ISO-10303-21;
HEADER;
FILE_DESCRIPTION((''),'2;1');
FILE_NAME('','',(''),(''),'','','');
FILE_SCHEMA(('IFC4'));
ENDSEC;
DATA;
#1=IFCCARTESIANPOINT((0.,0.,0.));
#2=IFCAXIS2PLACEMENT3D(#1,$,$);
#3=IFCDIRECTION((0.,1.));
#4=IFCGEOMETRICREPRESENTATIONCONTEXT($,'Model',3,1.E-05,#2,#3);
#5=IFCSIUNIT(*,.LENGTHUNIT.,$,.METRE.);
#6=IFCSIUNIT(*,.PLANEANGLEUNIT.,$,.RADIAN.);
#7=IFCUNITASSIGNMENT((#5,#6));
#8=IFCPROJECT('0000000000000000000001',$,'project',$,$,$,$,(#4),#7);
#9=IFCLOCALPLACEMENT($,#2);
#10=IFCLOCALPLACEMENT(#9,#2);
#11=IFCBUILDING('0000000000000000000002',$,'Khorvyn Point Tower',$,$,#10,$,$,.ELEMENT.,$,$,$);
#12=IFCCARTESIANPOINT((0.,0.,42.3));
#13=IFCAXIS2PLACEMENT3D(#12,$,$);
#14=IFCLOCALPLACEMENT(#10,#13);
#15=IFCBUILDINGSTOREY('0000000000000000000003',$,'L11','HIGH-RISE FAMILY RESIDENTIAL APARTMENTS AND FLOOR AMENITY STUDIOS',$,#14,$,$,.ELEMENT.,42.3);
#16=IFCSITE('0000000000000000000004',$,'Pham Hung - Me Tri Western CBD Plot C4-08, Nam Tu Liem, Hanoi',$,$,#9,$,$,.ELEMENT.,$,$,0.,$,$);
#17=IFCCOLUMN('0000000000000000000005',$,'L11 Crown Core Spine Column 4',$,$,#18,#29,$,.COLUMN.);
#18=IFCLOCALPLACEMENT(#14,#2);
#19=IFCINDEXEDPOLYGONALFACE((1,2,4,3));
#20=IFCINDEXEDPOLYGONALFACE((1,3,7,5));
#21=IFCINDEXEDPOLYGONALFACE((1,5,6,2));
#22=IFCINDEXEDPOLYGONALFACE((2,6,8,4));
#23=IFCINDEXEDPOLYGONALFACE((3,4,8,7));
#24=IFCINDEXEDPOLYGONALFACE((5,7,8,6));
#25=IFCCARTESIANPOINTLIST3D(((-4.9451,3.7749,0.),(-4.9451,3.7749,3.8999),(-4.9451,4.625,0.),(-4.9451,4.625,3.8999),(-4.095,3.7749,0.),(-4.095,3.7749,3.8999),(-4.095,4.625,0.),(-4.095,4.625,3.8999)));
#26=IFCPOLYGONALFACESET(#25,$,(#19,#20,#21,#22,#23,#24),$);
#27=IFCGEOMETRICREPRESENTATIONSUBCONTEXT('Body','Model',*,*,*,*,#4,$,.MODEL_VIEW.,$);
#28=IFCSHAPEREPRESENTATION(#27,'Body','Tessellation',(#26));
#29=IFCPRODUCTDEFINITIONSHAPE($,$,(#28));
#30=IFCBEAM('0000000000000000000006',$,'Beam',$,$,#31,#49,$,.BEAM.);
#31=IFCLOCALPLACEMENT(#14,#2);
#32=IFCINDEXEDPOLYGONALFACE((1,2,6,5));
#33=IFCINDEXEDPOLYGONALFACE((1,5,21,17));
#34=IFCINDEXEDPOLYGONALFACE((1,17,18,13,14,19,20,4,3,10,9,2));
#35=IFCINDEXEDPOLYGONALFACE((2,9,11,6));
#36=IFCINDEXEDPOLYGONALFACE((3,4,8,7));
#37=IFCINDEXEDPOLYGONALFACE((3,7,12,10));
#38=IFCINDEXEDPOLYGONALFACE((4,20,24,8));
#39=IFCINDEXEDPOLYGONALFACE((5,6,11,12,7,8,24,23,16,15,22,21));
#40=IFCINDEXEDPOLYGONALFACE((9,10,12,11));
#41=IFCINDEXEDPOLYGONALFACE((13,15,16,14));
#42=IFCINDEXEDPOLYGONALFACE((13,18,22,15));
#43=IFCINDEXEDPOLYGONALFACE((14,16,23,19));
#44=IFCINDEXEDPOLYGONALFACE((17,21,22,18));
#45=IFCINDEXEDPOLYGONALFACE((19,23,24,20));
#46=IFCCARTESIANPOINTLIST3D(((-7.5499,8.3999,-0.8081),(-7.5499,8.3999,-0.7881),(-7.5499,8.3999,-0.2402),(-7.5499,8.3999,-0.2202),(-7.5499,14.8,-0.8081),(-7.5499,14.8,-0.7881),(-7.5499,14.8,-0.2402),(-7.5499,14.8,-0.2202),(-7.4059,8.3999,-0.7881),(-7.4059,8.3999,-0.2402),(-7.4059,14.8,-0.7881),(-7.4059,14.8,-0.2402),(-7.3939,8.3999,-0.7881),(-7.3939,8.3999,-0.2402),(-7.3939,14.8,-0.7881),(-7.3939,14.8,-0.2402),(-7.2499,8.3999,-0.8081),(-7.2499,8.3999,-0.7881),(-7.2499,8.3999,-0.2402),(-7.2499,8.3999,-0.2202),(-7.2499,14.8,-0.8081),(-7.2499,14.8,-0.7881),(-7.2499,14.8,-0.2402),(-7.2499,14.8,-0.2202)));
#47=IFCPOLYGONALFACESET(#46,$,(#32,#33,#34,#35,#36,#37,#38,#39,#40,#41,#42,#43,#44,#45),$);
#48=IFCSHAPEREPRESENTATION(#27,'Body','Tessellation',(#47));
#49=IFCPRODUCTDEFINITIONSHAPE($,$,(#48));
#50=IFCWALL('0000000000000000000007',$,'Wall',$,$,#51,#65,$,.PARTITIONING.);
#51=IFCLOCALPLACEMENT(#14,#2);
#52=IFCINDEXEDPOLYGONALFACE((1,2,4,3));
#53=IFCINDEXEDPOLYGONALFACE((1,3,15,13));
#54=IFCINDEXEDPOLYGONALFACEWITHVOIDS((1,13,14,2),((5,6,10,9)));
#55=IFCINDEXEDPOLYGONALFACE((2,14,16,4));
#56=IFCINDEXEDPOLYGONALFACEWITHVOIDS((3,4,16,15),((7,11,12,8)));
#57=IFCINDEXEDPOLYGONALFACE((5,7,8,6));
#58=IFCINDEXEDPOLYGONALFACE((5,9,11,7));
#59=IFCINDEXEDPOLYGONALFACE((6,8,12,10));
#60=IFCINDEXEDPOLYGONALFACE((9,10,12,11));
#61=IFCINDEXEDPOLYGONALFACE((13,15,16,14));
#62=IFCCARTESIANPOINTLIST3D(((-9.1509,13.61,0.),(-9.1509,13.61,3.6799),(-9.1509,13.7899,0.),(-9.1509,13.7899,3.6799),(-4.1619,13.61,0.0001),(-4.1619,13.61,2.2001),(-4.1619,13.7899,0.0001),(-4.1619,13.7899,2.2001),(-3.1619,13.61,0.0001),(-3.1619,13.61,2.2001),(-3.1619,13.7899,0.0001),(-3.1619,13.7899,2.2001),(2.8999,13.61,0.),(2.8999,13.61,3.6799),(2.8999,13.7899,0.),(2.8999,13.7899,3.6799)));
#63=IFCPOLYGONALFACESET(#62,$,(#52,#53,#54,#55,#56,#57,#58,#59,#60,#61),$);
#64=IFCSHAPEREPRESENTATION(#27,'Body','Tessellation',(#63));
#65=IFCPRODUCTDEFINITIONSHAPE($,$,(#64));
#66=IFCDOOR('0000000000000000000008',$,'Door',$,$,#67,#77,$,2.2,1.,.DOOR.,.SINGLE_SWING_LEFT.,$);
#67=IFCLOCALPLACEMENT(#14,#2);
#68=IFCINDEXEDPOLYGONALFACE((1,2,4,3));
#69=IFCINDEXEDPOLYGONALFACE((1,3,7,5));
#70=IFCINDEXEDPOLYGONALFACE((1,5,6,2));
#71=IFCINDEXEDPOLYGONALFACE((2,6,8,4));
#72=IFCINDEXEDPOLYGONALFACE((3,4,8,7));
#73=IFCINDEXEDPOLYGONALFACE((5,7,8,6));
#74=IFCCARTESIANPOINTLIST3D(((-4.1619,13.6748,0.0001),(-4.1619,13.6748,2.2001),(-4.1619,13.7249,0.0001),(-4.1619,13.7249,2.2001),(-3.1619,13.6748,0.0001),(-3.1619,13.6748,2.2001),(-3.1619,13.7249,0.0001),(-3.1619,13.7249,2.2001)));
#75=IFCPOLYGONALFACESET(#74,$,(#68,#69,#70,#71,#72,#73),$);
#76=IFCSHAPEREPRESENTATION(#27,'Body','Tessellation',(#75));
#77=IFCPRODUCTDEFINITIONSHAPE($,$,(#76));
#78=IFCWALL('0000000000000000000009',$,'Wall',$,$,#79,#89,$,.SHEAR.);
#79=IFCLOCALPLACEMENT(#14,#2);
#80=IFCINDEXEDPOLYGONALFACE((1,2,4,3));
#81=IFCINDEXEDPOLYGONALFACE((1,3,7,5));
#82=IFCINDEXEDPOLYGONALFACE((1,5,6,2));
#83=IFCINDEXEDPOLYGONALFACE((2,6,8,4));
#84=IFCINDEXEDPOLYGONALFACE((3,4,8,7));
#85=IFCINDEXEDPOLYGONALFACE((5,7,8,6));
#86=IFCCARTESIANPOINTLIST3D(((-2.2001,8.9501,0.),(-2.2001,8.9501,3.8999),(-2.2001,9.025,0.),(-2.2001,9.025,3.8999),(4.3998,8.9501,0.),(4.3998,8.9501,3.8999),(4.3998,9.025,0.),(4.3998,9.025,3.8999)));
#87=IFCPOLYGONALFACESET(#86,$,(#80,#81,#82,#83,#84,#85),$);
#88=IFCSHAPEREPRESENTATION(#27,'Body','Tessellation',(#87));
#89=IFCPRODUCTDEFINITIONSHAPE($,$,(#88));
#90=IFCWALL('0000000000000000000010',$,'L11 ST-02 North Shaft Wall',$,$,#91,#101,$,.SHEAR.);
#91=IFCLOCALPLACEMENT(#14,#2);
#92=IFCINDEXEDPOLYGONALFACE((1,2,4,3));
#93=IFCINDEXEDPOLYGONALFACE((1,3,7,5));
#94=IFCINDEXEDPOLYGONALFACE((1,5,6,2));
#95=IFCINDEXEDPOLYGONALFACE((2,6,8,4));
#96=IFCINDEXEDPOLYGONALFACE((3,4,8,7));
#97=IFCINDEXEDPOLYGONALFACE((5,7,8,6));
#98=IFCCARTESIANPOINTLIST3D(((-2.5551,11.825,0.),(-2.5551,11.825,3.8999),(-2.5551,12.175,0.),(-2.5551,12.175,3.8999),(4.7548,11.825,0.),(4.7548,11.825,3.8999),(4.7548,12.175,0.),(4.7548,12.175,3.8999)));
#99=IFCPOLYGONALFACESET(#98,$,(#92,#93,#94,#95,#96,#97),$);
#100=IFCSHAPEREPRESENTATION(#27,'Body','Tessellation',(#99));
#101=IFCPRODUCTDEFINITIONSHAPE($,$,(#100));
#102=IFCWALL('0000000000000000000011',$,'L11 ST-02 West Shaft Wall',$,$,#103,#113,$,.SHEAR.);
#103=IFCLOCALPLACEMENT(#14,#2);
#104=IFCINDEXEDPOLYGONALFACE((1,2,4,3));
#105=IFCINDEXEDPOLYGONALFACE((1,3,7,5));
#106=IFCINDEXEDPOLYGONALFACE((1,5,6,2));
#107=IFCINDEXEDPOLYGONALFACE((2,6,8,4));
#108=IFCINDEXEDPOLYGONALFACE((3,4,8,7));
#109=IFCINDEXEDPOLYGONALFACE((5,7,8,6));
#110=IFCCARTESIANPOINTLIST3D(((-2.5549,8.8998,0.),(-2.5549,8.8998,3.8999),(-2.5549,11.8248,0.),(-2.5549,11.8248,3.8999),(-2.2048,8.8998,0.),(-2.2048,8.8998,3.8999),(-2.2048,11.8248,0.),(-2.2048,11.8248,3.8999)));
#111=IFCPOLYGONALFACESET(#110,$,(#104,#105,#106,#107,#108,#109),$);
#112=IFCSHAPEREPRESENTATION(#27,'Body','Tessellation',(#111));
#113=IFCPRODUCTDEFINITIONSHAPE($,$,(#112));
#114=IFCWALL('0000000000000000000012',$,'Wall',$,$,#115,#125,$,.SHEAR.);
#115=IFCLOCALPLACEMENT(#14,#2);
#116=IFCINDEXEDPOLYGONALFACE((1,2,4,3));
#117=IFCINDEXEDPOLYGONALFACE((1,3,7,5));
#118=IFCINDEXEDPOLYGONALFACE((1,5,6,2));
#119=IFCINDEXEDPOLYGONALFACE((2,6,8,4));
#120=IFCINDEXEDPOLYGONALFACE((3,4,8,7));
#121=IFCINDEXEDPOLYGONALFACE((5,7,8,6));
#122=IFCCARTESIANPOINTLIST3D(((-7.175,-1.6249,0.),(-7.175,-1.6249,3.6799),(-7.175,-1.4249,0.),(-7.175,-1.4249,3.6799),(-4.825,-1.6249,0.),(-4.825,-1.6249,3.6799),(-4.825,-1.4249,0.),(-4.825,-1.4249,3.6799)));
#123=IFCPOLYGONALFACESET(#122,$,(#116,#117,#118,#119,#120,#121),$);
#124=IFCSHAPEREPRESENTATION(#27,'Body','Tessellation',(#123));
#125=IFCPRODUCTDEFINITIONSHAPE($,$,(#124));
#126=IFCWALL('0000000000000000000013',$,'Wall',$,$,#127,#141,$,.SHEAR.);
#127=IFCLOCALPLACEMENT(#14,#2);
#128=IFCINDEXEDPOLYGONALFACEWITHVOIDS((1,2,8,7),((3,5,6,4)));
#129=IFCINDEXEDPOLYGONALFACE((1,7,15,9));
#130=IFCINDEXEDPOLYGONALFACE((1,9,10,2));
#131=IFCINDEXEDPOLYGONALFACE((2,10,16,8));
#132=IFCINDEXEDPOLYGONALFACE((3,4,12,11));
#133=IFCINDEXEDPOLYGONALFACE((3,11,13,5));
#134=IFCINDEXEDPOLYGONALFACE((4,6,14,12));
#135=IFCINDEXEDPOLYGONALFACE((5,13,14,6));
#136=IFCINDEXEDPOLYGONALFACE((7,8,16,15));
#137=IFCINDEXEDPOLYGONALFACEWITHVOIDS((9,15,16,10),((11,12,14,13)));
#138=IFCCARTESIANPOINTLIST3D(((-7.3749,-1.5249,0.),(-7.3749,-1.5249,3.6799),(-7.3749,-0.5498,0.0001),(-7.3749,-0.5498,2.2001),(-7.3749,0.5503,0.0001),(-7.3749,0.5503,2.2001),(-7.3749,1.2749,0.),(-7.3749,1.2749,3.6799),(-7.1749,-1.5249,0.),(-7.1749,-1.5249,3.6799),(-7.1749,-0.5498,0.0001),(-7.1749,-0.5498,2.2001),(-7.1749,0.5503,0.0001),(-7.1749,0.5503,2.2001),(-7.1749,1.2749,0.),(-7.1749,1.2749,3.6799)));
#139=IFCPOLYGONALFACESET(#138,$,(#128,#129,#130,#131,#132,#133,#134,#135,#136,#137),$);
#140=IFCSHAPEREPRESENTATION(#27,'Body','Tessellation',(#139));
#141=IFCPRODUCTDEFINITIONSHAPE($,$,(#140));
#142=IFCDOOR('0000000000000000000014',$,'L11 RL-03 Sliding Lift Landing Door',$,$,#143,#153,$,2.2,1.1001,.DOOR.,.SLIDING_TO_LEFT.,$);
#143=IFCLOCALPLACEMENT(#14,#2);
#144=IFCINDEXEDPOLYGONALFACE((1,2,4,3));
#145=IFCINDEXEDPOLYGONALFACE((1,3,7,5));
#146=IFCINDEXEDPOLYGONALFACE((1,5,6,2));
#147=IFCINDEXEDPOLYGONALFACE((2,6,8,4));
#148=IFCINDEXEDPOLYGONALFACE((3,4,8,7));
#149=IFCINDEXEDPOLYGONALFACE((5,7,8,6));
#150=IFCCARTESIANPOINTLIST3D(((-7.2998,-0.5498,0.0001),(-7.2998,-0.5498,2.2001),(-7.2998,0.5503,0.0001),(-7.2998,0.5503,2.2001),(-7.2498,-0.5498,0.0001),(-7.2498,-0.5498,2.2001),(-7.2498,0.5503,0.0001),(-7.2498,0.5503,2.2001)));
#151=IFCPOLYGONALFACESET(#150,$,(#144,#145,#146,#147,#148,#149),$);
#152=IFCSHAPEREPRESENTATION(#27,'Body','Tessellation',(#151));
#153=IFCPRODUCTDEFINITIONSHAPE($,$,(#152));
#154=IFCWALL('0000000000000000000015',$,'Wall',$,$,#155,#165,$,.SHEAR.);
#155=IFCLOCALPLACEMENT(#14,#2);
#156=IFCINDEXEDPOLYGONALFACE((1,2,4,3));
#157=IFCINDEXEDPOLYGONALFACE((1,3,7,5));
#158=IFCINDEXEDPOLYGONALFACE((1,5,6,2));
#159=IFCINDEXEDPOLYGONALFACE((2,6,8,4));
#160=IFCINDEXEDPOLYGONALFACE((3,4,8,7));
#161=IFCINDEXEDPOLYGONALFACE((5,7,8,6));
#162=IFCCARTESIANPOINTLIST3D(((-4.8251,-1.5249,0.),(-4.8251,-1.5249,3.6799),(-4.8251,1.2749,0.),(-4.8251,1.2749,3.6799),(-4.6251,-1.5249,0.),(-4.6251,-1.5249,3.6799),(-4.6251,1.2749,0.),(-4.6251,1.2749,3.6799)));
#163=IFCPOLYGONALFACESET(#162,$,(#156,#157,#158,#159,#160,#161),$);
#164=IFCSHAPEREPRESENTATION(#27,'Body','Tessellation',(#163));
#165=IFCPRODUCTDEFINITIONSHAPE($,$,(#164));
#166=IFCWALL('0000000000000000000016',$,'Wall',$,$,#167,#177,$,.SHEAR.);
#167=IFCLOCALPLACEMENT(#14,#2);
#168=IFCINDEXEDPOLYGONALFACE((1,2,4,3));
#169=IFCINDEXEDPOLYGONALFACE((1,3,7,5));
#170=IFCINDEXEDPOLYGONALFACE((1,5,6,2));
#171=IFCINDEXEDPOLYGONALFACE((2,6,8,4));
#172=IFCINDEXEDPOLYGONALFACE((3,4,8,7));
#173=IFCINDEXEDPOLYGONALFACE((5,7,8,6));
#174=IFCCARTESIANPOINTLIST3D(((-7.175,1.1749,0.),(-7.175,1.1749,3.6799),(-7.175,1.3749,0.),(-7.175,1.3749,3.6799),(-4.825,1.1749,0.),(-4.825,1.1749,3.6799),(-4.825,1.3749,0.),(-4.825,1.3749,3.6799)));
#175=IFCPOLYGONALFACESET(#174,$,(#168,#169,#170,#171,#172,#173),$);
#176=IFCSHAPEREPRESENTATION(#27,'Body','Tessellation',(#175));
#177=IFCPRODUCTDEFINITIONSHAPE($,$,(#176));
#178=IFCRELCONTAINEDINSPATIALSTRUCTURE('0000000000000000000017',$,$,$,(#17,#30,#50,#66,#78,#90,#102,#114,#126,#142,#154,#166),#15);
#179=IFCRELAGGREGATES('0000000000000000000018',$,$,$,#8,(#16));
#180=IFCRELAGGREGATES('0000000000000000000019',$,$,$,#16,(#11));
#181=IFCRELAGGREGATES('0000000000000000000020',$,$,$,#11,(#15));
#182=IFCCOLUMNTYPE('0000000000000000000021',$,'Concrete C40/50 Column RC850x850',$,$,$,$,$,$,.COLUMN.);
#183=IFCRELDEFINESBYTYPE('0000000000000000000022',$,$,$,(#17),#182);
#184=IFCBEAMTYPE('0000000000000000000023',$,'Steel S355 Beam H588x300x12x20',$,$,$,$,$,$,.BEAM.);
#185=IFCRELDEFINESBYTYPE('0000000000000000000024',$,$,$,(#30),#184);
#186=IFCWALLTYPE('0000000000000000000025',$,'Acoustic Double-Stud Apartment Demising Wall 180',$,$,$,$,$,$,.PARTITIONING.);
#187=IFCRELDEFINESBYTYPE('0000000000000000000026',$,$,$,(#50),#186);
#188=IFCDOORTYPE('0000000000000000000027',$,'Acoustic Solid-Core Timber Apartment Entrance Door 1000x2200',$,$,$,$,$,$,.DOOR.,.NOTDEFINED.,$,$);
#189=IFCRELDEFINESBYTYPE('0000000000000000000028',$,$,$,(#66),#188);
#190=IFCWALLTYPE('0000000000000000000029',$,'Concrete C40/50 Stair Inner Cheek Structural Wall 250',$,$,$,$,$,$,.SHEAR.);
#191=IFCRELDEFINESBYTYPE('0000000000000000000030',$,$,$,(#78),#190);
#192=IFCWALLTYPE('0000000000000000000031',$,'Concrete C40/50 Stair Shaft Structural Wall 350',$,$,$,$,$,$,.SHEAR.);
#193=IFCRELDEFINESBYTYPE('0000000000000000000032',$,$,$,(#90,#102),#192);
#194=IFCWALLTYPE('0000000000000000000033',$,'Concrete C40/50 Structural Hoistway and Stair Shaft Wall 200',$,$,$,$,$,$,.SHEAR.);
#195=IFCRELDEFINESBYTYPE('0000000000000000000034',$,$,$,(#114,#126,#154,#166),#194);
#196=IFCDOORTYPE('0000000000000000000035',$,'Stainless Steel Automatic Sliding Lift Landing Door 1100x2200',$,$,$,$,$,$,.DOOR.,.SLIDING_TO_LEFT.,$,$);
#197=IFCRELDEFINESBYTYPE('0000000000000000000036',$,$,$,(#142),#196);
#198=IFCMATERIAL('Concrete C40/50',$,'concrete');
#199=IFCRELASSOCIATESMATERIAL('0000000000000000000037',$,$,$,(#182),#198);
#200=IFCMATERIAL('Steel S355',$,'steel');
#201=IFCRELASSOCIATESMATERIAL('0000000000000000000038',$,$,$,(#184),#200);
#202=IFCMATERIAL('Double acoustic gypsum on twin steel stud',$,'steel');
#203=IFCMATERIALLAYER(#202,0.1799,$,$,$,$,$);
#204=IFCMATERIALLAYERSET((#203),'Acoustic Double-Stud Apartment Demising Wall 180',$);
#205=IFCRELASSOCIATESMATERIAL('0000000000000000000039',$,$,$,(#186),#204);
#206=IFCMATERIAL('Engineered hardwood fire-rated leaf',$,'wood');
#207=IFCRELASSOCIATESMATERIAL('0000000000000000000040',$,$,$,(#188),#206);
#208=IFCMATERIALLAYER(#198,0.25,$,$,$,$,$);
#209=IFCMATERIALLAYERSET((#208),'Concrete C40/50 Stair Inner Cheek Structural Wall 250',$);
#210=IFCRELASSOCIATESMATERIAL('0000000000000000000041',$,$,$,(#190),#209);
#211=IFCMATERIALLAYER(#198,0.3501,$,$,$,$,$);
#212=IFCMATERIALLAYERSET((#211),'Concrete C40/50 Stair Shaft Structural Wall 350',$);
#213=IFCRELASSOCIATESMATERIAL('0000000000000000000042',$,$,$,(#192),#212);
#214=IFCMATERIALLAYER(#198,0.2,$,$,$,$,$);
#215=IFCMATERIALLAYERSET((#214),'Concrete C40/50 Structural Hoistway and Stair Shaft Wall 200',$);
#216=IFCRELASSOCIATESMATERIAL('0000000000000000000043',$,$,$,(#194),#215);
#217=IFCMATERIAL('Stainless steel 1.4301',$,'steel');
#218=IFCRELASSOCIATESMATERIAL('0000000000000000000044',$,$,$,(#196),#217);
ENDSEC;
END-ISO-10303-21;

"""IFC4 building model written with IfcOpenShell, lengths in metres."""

from ifc_helpers import new_model, si_unit, direction, frame, frame_2d, origin, origin_2d, place, context, subcontext, project, spatial, rectangle, i_section, extrude, material, layer, layer_set, material_profile, profile_set, type_object, element, fill, save


model = new_model("IFC4")

# Units and contexts
model_context = context("Model", 3, precision=1e-05, world=origin(), true_north=direction((0.0, 1.0)))
body_context = subcontext(model_context, "Body", "Model", "MODEL_VIEW")
ifc_project = project(units=[si_unit("LENGTHUNIT", "METRE"), si_unit("PLANEANGLEUNIT", "RADIAN")], contexts=[model_context])

# Site, building, storey
site_placement = place(None, origin())
site = spatial("IfcSite", under=ifc_project, at=site_placement, Name="Pham Hung - Me Tri Western CBD Plot C4-08, Nam Tu Liem, Hanoi", CompositionType="ELEMENT", RefElevation=0.0)
building_placement = place(site_placement, origin())
building = spatial("IfcBuilding", under=site, at=building_placement, Name="Khorvyn Point Tower", CompositionType="ELEMENT")
storey_placement = place(building_placement, frame((0.0, 0.0, 42.3)))
storey = spatial("IfcBuildingStorey", under=building, at=storey_placement, Name="L11", Description="HIGH-RISE FAMILY RESIDENTIAL APARTMENTS AND FLOOR AMENITY STUDIOS", CompositionType="ELEMENT", Elevation=42.3)

# Column
ifc_material_1 = material(Name="Concrete C40/50", Category="concrete")
ifc_material_profile_1 = material_profile(ifc_material_1, rectangle(XDim=0.8501, YDim=0.8501, at=origin_2d()))
ifc_profile_set_1 = profile_set([ifc_material_profile_1], Name="Concrete C40/50 RC850x850")
column_type = type_object("IfcColumnType", Name="Concrete C40/50 Column RC850x850", PredefinedType="COLUMN", material=ifc_profile_set_1)
column_placement = place(storey_placement, frame((-4.52, 4.2, 0.0), z_axis=(0.0, 0.0, 1.0), x_axis=(1.0, 0.0, 0.0)))
element("IfcColumn", 1, at=column_placement, inside=storey, type_object=column_type, Name="L11 Crown Core Spine Column 4", PredefinedType="COLUMN", context=body_context, shape_type="SweptSolid", body=[
    extrude(rectangle(XDim=0.8501, YDim=0.8501, at=origin_2d()), origin(), (0.0, 0.0, 1.0), 3.8999),
])

# Beam
ifc_material_2 = material(Name="Steel S355", Category="steel")
ifc_material_profile_2 = material_profile(ifc_material_2, i_section(OverallWidth=0.3, OverallDepth=0.5879, WebThickness=0.012, FlangeThickness=0.02, at=origin_2d()))
ifc_profile_set_2 = profile_set([ifc_material_profile_2], Name="Steel S355 H588x300x12x20")
beam_type = type_object("IfcBeamType", Name="Steel S355 Beam H588x300x12x20", PredefinedType="BEAM", material=ifc_profile_set_2)
beam_placement = place(storey_placement, frame((-7.3999, 8.3999, -0.5142), z_axis=(0.0, 1.0, 0.0), x_axis=(-1.0, 0.0, 0.0)))
element("IfcBeam", 2, at=beam_placement, inside=storey, type_object=beam_type, Name="Beam", PredefinedType="BEAM", context=body_context, shape_type="SweptSolid", body=[
    extrude(i_section(OverallWidth=0.3, OverallDepth=0.5879, WebThickness=0.012, FlangeThickness=0.02, at=origin_2d()), origin(), (0.0, 0.0, 1.0), 6.4001),
])

# Wall, opening, door
ifc_material_3 = material(Name="Double acoustic gypsum on twin steel stud", Category="steel")
ifc_layer_1 = layer(ifc_material_3, 0.1799)
ifc_layer_set_1 = layer_set([ifc_layer_1], Name="Acoustic Double-Stud Apartment Demising Wall 180")
wall_type_1 = type_object("IfcWallType", Name="Acoustic Double-Stud Apartment Demising Wall 180", PredefinedType="PARTITIONING", material=ifc_layer_set_1)
wall_1_placement = place(storey_placement, frame((-9.1509, 13.7, 0.0), z_axis=(0.0, 0.0, 1.0), x_axis=(1.0, 0.0, 0.0)))
wall_1 = element("IfcWall", 3, at=wall_1_placement, inside=storey, type_object=wall_type_1, Name="Wall", PredefinedType="PARTITIONING", context=body_context, shape_type="SweptSolid", body=[
    extrude(rectangle(XDim=12.0508, YDim=0.1799, at=frame_2d((6.0254, 0.0))), origin(), (0.0, 0.0, 1.0), 3.6799),
])
opening_1_placement = place(wall_1_placement, frame((4.989, 0.0, 0.0)))
opening_1 = element("IfcOpeningElement", 4, at=opening_1_placement, cuts=wall_1, PredefinedType="OPENING", context=body_context, shape_type="SweptSolid", body=[
    extrude(rectangle(XDim=1.0, YDim=2.2, at=frame_2d((0.5, 1.1001))), frame((0.0, 0.0999, 0.0), z_axis=(0.0, -1.0, 0.0), x_axis=(1.0, 0.0, 0.0)), (0.0, 0.0, 1.0), 0.2),
])
ifc_material_4 = material(Name="Engineered hardwood fire-rated leaf", Category="wood")
door_type_1 = type_object("IfcDoorType", Name="Acoustic Solid-Core Timber Apartment Entrance Door 1000x2200", OperationType="NOTDEFINED", PredefinedType="DOOR", material=ifc_material_4)
door_1_placement = place(opening_1_placement, origin())
door_1 = element("IfcDoor", 5, at=door_1_placement, inside=storey, type_object=door_type_1, Name="Door", OperationType="SINGLE_SWING_LEFT", OverallHeight=2.2, OverallWidth=1.0, PredefinedType="DOOR", context=body_context, shape_type="SweptSolid", body=[
    extrude(rectangle(XDim=1.0, YDim=2.2, at=frame_2d((0.5, 1.1001))), frame((0.0, 0.0249, 0.0), z_axis=(0.0, -1.0, 0.0), x_axis=(1.0, 0.0, 0.0)), (0.0, 0.0, 1.0), 0.05),
])
fill(opening_1, door_1)

# Walls
ifc_layer_2 = layer(ifc_material_1, 0.25)
ifc_layer_set_2 = layer_set([ifc_layer_2], Name="Concrete C40/50 Stair Inner Cheek Structural Wall 250")
wall_type_2 = type_object("IfcWallType", Name="Concrete C40/50 Stair Inner Cheek Structural Wall 250", PredefinedType="SHEAR", material=ifc_layer_set_2)
wall_2_placement = place(storey_placement, frame((-2.2, 8.9875, 0.0), z_axis=(0.0, 0.0, 1.0), x_axis=(1.0, 0.0, 0.0)))
element("IfcWall", 6, at=wall_2_placement, inside=storey, type_object=wall_type_2, Name="Wall", PredefinedType="SHEAR", context=body_context, shape_type="SweptSolid", body=[
    extrude(rectangle(XDim=6.5999, YDim=0.075, at=frame_2d((3.2998, 0.0))), origin(), (0.0, 0.0, 1.0), 3.8999),
])
ifc_layer_3 = layer(ifc_material_1, 0.3501)
ifc_layer_set_3 = layer_set([ifc_layer_3], Name="Concrete C40/50 Stair Shaft Structural Wall 350")
wall_type_3 = type_object("IfcWallType", Name="Concrete C40/50 Stair Shaft Structural Wall 350", PredefinedType="SHEAR", material=ifc_layer_set_3)
wall_3_placement = place(storey_placement, frame((-2.5549, 12.0, 0.0), z_axis=(0.0, 0.0, 1.0), x_axis=(1.0, 0.0, 0.0)))
element("IfcWall", 7, at=wall_3_placement, inside=storey, type_object=wall_type_3, Name="L11 ST-02 North Shaft Wall", PredefinedType="SHEAR", context=body_context, shape_type="SweptSolid", body=[
    extrude(rectangle(XDim=7.3098, YDim=0.3501, at=frame_2d((3.6548, 0.0))), origin(), (0.0, 0.0, 1.0), 3.8999),
])
wall_4_placement = place(storey_placement, frame((-2.3799, 8.8999, 0.0), z_axis=(0.0, 0.0, 1.0), x_axis=(0.0, 1.0, 0.0)))
element("IfcWall", 8, at=wall_4_placement, inside=storey, type_object=wall_type_3, Name="L11 ST-02 West Shaft Wall", PredefinedType="SHEAR", context=body_context, shape_type="SweptSolid", body=[
    extrude(rectangle(XDim=2.925, YDim=0.3501, at=frame_2d((1.4624, 0.0))), origin(), (0.0, 0.0, 1.0), 3.8999),
])
ifc_layer_4 = layer(ifc_material_1, 0.2)
ifc_layer_set_4 = layer_set([ifc_layer_4], Name="Concrete C40/50 Structural Hoistway and Stair Shaft Wall 200")
wall_type_4 = type_object("IfcWallType", Name="Concrete C40/50 Structural Hoistway and Stair Shaft Wall 200", PredefinedType="SHEAR", material=ifc_layer_set_4)
wall_5_placement = place(storey_placement, frame((-7.175, -1.5249, 0.0), z_axis=(0.0, 0.0, 1.0), x_axis=(1.0, 0.0, 0.0)))
element("IfcWall", 9, at=wall_5_placement, inside=storey, type_object=wall_type_4, Name="Wall", PredefinedType="SHEAR", context=body_context, shape_type="SweptSolid", body=[
    extrude(rectangle(XDim=2.3501, YDim=0.2, at=frame_2d((1.175, 0.0))), origin(), (0.0, 0.0, 1.0), 3.6799),
])

# Wall, opening, door
wall_6_placement = place(storey_placement, frame((-7.2749, -1.5249, 0.0), z_axis=(0.0, 0.0, 1.0), x_axis=(0.0, 1.0, 0.0)))
wall_6 = element("IfcWall", 10, at=wall_6_placement, inside=storey, type_object=wall_type_4, Name="Wall", PredefinedType="SHEAR", context=body_context, shape_type="SweptSolid", body=[
    extrude(rectangle(XDim=2.7998, YDim=0.2, at=frame_2d((1.3999, 0.0))), origin(), (0.0, 0.0, 1.0), 3.6799),
])
opening_2_placement = place(wall_6_placement, frame((0.9751, 0.0, 0.0)))
opening_2 = element("IfcOpeningElement", 11, at=opening_2_placement, cuts=wall_6, PredefinedType="OPENING", context=body_context, shape_type="SweptSolid", body=[
    extrude(rectangle(XDim=1.1001, YDim=2.2, at=frame_2d((0.55, 1.1001))), frame((0.0, 0.1099, 0.0), z_axis=(0.0, -1.0, 0.0), x_axis=(1.0, 0.0, 0.0)), (0.0, 0.0, 1.0), 0.22),
])
ifc_material_5 = material(Name="Stainless steel 1.4301", Category="steel")
door_type_2 = type_object("IfcDoorType", Name="Stainless Steel Automatic Sliding Lift Landing Door 1100x2200", OperationType="SLIDING_TO_LEFT", PredefinedType="DOOR", material=ifc_material_5)
door_2_placement = place(opening_2_placement, origin())
door_2 = element("IfcDoor", 12, at=door_2_placement, inside=storey, type_object=door_type_2, Name="L11 RL-03 Sliding Lift Landing Door", OperationType="SLIDING_TO_LEFT", OverallHeight=2.2, OverallWidth=1.1001, PredefinedType="DOOR", context=body_context, shape_type="SweptSolid", body=[
    extrude(rectangle(XDim=1.1001, YDim=2.2, at=frame_2d((0.55, 1.1001))), frame((0.0, 0.0249, 0.0), z_axis=(0.0, -1.0, 0.0), x_axis=(1.0, 0.0, 0.0)), (0.0, 0.0, 1.0), 0.05),
])
fill(opening_2, door_2)

# Walls
wall_7_placement = place(storey_placement, frame((-4.7251, -1.5249, 0.0), z_axis=(0.0, 0.0, 1.0), x_axis=(0.0, 1.0, 0.0)))
element("IfcWall", 13, at=wall_7_placement, inside=storey, type_object=wall_type_4, Name="Wall", PredefinedType="SHEAR", context=body_context, shape_type="SweptSolid", body=[
    extrude(rectangle(XDim=2.7998, YDim=0.2, at=frame_2d((1.3999, 0.0))), origin(), (0.0, 0.0, 1.0), 3.6799),
])
wall_8_placement = place(storey_placement, frame((-7.175, 1.2749, 0.0), z_axis=(0.0, 0.0, 1.0), x_axis=(1.0, 0.0, 0.0)))
element("IfcWall", 14, at=wall_8_placement, inside=storey, type_object=wall_type_4, Name="Wall", PredefinedType="SHEAR", context=body_context, shape_type="SweptSolid", body=[
    extrude(rectangle(XDim=2.3501, YDim=0.2, at=frame_2d((1.175, 0.0))), origin(), (0.0, 0.0, 1.0), 3.6799),
])

save(model, "model.ifc")
